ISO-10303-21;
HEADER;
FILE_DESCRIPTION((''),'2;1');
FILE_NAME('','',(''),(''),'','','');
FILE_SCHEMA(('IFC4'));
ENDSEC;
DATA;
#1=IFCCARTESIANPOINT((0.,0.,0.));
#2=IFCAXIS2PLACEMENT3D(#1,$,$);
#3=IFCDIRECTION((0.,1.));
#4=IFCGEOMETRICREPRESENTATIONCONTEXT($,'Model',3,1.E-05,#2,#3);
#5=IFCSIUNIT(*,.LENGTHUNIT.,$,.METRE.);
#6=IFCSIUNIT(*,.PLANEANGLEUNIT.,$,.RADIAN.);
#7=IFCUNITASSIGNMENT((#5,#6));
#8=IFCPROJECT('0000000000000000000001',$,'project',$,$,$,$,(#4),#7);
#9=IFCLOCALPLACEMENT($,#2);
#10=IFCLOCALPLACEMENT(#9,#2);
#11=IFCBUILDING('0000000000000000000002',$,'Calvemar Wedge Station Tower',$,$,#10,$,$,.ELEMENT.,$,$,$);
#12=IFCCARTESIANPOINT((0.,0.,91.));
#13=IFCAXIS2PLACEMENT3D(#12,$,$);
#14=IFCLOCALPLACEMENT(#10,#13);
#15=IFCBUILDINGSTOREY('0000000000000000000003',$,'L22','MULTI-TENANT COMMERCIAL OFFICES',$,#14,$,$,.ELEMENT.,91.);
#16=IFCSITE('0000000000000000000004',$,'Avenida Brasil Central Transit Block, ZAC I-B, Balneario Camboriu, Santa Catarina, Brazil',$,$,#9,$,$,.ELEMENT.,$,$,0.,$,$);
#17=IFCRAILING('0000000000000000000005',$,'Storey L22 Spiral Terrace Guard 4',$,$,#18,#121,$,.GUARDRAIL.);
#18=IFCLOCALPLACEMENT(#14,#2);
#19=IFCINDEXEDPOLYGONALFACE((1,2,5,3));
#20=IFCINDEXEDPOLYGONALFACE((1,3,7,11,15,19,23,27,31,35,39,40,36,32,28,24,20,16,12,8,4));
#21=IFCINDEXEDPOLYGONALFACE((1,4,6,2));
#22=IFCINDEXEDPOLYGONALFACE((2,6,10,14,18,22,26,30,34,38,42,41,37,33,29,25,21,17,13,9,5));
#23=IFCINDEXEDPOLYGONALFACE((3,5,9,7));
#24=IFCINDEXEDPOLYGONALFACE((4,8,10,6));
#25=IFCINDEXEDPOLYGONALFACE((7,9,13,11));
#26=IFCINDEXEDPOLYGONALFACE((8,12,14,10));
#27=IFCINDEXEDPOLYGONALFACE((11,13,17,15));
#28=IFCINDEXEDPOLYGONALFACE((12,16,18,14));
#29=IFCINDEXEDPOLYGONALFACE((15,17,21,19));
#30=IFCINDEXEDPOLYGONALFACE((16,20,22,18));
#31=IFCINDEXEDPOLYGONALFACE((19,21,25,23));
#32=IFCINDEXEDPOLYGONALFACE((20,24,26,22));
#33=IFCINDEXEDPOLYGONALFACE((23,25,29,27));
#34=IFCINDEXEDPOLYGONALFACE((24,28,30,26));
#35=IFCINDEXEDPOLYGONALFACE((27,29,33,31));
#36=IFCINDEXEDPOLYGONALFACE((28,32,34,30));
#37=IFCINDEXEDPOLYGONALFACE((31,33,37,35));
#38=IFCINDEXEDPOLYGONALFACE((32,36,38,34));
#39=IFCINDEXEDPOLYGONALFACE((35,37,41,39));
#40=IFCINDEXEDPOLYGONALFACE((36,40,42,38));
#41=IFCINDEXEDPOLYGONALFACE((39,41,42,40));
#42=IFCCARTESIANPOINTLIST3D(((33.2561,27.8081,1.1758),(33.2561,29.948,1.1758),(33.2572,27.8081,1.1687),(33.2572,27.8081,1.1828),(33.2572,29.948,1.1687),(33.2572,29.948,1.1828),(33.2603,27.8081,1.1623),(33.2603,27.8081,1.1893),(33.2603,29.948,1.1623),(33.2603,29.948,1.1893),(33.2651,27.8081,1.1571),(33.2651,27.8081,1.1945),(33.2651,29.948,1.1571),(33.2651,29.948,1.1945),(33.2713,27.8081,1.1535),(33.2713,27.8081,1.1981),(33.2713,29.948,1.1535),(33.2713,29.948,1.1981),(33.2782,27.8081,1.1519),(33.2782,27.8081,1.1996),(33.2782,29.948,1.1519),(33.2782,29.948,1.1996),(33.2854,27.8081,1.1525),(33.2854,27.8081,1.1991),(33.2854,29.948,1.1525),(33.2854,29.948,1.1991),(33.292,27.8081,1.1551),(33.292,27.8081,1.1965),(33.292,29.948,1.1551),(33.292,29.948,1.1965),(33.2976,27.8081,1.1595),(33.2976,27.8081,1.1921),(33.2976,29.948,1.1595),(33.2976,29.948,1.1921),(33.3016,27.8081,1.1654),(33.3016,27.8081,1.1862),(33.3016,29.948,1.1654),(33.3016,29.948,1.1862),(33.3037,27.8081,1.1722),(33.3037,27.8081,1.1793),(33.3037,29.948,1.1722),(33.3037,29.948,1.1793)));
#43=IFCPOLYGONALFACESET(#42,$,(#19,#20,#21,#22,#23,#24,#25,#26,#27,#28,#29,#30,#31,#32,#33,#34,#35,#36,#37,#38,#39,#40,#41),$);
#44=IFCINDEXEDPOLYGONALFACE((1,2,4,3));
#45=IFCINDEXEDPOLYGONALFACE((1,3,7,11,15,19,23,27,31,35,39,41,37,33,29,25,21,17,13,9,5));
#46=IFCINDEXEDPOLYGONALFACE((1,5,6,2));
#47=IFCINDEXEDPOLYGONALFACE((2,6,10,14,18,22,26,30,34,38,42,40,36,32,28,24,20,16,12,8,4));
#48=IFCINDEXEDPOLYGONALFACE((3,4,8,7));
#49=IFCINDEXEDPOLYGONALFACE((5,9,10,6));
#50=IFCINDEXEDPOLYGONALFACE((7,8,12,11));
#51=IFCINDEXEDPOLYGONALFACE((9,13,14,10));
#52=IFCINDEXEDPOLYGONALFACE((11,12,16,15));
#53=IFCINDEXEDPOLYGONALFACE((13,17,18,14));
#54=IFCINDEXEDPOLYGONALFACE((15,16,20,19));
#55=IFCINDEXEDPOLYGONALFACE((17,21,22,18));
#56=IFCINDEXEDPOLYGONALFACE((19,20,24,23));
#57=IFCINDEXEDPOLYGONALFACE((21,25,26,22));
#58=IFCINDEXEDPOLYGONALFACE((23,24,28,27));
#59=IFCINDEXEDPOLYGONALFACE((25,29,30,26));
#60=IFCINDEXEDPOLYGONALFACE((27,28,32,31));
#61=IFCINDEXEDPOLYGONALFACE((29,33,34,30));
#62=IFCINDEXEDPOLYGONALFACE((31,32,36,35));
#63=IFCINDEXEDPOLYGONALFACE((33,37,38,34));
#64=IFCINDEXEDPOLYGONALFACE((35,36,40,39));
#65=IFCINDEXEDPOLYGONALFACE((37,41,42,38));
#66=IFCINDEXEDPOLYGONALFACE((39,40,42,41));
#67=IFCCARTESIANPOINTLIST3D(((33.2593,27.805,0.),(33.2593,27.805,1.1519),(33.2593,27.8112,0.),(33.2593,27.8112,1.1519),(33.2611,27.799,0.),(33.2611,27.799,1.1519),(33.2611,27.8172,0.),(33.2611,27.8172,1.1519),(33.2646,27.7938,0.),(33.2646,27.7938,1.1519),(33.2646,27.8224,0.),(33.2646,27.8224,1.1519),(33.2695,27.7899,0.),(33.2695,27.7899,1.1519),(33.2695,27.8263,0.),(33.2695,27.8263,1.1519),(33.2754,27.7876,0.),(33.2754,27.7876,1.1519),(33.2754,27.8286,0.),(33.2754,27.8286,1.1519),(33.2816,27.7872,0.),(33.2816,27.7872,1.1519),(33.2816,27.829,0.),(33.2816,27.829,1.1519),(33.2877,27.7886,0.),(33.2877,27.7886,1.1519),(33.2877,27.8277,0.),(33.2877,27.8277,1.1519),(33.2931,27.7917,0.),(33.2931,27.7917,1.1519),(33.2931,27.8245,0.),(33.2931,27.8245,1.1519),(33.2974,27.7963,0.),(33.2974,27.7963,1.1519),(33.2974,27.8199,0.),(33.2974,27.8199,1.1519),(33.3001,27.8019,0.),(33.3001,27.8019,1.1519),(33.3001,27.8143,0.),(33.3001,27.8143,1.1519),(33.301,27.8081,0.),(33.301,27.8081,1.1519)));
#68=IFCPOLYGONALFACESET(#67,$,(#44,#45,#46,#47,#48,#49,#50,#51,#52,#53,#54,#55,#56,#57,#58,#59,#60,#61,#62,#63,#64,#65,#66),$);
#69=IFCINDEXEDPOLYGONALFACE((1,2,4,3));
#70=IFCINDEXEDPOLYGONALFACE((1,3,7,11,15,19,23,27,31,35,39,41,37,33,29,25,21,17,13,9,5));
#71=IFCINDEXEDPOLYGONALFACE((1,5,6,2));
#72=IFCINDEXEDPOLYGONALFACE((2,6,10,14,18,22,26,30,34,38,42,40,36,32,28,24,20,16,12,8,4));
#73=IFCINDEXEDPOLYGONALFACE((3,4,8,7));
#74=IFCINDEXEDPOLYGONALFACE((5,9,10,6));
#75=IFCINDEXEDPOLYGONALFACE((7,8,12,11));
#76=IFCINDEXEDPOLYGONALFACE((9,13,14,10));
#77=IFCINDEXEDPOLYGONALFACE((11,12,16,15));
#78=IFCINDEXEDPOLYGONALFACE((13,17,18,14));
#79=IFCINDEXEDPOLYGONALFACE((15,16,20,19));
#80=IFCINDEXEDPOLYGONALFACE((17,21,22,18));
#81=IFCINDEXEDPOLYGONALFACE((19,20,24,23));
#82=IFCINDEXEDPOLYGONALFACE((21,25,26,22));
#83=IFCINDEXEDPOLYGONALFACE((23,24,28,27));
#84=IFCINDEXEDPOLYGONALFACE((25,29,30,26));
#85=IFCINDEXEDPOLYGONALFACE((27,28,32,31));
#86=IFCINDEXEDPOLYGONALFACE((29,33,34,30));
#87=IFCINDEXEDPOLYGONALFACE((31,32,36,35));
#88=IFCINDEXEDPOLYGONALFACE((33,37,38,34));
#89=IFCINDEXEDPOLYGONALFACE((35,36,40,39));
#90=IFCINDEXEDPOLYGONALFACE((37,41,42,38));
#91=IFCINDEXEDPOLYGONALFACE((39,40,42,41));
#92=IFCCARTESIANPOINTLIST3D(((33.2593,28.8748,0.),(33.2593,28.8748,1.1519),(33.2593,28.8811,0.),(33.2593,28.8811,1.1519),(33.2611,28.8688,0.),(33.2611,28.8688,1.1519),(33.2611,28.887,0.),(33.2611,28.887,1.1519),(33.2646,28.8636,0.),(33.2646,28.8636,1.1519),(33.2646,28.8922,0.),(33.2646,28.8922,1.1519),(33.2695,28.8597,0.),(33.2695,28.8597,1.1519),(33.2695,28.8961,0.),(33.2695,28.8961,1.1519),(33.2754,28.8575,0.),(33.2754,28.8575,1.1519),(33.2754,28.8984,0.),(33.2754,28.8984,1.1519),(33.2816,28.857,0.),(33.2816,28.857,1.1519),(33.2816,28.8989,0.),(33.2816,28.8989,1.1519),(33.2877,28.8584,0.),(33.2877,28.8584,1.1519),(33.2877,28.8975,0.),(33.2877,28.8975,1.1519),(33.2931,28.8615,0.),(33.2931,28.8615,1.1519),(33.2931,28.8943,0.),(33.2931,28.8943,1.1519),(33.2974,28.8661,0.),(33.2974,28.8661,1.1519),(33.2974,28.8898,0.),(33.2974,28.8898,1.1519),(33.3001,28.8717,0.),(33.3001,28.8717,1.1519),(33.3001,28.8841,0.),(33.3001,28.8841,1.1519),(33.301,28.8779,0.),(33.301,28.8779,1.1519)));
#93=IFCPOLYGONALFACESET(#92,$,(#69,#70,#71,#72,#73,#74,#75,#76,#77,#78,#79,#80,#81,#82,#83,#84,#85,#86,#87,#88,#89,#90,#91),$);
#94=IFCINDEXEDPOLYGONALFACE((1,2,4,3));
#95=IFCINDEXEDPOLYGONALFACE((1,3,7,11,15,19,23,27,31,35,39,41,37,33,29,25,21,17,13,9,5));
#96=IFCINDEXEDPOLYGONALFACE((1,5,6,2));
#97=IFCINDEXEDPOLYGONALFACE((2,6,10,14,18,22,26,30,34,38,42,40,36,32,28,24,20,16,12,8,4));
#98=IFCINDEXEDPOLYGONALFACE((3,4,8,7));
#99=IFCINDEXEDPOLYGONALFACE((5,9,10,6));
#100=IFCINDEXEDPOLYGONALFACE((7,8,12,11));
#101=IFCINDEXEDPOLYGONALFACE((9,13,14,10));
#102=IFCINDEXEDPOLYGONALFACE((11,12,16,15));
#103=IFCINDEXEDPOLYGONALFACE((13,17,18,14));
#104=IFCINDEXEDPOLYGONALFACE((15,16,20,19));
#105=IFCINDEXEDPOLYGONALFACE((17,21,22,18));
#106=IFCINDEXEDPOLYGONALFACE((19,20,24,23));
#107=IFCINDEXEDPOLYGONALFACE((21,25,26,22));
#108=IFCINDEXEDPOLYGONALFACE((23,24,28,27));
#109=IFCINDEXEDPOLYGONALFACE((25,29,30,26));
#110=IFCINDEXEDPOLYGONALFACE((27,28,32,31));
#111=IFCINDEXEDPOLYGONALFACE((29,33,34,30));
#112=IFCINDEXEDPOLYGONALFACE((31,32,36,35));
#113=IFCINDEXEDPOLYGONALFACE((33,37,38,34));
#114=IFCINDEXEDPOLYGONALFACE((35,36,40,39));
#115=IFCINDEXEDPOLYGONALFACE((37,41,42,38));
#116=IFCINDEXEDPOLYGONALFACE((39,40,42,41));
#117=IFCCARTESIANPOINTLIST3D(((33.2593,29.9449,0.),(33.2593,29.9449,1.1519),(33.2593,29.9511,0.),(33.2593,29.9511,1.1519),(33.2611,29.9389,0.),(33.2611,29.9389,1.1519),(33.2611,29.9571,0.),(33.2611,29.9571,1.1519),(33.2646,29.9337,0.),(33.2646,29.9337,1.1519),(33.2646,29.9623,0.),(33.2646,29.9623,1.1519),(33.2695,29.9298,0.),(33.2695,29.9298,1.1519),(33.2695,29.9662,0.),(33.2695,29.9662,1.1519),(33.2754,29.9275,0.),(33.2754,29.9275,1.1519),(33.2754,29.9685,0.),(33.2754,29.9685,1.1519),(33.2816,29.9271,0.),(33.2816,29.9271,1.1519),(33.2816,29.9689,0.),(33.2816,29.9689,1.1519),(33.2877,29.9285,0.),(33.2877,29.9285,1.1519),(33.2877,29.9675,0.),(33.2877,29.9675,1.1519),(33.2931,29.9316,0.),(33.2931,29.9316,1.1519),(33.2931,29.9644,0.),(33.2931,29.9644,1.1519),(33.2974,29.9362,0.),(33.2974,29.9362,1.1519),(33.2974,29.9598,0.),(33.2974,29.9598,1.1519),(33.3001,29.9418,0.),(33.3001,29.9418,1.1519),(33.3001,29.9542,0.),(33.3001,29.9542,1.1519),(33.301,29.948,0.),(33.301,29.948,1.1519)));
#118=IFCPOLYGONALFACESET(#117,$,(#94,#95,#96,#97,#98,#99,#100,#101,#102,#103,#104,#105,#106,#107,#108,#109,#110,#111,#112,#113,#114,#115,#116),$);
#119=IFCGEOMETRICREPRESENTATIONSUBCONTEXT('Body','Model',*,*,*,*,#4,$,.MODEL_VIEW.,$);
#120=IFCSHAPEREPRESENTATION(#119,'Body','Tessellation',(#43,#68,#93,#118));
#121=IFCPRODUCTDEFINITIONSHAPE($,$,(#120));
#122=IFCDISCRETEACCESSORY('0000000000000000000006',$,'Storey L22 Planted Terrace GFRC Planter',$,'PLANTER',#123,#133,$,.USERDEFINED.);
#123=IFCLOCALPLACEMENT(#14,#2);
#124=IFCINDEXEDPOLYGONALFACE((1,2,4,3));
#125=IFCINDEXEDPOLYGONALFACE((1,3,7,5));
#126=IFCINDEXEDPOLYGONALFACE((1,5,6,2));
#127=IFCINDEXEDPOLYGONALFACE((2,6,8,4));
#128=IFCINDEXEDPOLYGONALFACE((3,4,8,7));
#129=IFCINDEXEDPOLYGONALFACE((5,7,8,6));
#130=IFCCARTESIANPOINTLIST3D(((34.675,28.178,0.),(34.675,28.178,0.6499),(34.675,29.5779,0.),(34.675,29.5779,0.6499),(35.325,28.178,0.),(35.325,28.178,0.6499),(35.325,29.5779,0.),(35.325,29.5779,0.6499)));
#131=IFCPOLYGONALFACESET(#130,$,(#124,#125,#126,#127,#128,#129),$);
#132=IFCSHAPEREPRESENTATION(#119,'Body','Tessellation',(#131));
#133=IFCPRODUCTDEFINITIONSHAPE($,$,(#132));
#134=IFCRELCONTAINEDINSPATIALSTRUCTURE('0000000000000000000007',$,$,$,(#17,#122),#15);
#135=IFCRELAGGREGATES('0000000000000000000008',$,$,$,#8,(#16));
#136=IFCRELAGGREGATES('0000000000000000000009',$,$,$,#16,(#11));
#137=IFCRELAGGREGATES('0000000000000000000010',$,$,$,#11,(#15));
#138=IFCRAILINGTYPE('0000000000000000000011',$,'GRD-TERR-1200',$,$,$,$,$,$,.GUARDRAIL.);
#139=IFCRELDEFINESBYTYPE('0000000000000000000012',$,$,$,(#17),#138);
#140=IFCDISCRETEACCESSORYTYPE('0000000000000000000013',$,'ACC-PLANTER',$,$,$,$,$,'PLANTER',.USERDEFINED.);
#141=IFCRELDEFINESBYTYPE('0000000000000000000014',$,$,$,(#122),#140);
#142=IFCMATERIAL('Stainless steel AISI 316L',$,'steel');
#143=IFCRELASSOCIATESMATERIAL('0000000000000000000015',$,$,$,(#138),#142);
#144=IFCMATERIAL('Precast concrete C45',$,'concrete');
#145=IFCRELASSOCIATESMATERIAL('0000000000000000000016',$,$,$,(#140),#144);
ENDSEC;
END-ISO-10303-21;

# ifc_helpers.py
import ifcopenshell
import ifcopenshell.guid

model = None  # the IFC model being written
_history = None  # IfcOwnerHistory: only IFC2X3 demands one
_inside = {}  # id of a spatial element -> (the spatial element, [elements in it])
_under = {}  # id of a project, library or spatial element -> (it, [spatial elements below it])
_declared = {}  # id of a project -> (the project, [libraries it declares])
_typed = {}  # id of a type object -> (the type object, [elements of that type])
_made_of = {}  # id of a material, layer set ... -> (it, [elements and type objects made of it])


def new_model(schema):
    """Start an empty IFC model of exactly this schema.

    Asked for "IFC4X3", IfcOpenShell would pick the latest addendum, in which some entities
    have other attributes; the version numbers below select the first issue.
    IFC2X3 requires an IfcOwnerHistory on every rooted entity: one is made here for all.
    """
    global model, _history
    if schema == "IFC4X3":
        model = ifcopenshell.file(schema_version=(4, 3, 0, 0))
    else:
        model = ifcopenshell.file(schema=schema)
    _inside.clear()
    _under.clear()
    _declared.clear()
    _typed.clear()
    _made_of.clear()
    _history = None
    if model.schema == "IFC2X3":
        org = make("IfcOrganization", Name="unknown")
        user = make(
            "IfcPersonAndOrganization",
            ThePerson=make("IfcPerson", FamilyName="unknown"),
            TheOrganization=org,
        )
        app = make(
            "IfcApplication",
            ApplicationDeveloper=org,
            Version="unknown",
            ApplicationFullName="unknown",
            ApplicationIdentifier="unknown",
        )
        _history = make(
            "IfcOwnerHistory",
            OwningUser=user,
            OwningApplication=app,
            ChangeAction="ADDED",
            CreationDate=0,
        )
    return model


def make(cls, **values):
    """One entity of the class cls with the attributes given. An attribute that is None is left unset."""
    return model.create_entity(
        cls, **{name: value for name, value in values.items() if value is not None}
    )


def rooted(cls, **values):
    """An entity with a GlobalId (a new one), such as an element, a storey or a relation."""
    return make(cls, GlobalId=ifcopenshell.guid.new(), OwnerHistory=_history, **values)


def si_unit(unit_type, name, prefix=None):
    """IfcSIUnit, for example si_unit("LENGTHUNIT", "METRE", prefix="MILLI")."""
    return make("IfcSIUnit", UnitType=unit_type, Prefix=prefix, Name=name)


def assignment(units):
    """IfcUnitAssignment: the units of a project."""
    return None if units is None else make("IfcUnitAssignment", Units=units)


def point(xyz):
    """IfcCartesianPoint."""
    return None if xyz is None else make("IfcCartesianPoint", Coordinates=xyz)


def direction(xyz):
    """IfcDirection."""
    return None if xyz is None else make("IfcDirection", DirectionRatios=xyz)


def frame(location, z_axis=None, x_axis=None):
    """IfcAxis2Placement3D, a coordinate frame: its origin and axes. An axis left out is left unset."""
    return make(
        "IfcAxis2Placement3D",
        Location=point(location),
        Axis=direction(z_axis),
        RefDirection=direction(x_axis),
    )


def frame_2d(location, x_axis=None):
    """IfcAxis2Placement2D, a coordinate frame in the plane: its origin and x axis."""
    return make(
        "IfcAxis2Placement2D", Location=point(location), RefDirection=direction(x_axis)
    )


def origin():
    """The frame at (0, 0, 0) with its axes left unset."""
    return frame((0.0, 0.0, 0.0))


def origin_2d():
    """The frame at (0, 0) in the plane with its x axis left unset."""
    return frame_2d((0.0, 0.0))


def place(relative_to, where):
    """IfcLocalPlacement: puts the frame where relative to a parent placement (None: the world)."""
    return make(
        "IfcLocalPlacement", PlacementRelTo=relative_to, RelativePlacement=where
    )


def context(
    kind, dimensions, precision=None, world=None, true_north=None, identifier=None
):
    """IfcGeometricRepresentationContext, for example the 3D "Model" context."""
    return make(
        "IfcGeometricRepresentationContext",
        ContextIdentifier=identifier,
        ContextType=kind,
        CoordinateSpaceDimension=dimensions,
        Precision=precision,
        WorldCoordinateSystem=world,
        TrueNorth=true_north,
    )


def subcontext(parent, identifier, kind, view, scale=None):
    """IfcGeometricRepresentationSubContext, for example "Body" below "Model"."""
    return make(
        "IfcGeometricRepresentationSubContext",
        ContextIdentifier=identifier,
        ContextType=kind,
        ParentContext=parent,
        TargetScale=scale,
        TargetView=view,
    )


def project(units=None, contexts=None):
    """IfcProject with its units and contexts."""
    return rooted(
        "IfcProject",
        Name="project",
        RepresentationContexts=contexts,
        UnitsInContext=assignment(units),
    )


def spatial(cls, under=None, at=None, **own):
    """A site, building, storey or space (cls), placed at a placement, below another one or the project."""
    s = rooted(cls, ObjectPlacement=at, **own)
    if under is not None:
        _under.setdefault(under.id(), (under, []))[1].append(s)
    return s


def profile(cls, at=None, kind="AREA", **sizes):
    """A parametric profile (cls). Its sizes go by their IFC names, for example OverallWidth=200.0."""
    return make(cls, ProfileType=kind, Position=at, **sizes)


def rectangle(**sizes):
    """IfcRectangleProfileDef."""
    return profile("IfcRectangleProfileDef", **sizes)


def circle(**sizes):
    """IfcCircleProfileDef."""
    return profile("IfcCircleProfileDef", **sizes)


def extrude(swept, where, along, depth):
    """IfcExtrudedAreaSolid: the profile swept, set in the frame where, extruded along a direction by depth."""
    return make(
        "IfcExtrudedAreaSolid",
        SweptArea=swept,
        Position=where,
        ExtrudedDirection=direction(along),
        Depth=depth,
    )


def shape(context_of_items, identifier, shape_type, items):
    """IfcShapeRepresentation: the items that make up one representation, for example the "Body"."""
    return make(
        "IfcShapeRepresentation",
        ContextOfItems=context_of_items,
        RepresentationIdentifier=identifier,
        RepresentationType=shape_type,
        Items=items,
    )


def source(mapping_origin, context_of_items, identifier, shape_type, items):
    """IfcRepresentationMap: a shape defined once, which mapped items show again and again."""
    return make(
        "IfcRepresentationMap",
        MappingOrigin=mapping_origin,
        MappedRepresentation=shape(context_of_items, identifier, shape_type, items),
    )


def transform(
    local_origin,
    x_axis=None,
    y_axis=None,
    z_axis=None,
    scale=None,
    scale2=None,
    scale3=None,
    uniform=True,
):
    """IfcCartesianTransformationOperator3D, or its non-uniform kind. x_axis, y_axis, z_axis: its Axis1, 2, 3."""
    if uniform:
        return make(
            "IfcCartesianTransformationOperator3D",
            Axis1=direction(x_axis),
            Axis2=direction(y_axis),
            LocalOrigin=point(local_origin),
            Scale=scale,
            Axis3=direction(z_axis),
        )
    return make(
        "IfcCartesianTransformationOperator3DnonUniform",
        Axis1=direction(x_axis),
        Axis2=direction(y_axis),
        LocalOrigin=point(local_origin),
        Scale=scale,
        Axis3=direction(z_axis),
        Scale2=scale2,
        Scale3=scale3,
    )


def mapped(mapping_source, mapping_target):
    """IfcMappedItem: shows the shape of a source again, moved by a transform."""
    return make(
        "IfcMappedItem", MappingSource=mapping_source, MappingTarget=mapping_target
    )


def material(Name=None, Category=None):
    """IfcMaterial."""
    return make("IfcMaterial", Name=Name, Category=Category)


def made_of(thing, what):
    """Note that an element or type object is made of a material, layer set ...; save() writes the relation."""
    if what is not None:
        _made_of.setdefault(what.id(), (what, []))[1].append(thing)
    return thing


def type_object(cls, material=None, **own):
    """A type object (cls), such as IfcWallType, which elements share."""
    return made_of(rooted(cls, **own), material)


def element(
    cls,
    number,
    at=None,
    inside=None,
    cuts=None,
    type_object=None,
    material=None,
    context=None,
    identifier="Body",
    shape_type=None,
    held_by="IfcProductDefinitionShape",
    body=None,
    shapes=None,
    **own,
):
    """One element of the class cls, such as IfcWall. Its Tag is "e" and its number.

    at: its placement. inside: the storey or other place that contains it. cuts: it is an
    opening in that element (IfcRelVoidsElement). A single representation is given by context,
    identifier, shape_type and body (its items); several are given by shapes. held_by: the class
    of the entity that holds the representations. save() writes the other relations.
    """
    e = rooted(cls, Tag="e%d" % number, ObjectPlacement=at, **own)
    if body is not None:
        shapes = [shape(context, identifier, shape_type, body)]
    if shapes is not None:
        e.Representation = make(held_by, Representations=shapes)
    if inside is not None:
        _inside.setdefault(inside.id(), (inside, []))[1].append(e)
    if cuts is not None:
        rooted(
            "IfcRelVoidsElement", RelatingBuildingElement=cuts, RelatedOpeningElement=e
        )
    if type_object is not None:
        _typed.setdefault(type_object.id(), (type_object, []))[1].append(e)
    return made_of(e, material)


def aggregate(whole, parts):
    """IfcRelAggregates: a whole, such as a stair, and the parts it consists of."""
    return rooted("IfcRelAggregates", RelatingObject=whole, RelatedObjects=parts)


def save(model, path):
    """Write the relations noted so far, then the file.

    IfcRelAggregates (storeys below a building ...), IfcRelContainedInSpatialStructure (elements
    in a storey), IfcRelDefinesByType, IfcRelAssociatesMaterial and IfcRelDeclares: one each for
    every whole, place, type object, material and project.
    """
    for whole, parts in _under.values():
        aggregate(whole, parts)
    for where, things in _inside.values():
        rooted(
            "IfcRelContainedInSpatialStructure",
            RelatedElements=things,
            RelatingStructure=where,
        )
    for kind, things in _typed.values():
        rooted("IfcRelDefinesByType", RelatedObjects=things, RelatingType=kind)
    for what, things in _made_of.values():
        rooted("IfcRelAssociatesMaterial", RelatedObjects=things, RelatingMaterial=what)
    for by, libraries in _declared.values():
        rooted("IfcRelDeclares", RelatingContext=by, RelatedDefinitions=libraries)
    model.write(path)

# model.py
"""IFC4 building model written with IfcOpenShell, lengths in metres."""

from ifc_helpers import new_model, si_unit, direction, frame, origin, origin_2d, place, context, subcontext, project, spatial, rectangle, circle, extrude, source, transform, mapped, material, type_object, element, save


model = new_model("IFC4")

# Units and contexts
model_context = context("Model", 3, precision=1e-05, world=origin(), true_north=direction((0.0, 1.0)))
body_context = subcontext(model_context, "Body", "Model", "MODEL_VIEW")
ifc_project = project(units=[si_unit("LENGTHUNIT", "METRE"), si_unit("PLANEANGLEUNIT", "RADIAN")], contexts=[model_context])

# Site, building, storey
site_placement = place(None, origin())
site = spatial("IfcSite", under=ifc_project, at=site_placement, Name="Avenida Brasil Central Transit Block, ZAC I-B, Balneario Camboriu, Santa Catarina, Brazil", CompositionType="ELEMENT", RefElevation=0.0)
building_placement = place(site_placement, origin())
building = spatial("IfcBuilding", under=site, at=building_placement, Name="Calvemar Wedge Station Tower", CompositionType="ELEMENT")
storey_placement = place(building_placement, frame((0.0, 0.0, 91.0)))
storey = spatial("IfcBuildingStorey", under=building, at=storey_placement, Name="L22", Description="MULTI-TENANT COMMERCIAL OFFICES", CompositionType="ELEMENT", Elevation=91.0)

# Shared definitions
ifc_material_1 = material(Name="Precast concrete C45", Category="concrete")

# Railing
ifc_material_2 = material(Name="Stainless steel AISI 316L", Category="steel")
railing_type = type_object("IfcRailingType", Name="GRD-TERR-1200", PredefinedType="GUARDRAIL", material=ifc_material_2)
railing_1_placement = place(storey_placement, frame((33.28, 27.8081, 0.0)))
element("IfcRailing", 1, at=railing_1_placement, inside=storey, type_object=railing_type, Name="Storey L22 Spiral Terrace Guard 4", PredefinedType="GUARDRAIL", context=body_context, shape_type="SweptSolid", body=[
    extrude(circle(Radius=0.0239, at=origin_2d()), frame((0.0, 0.0, 1.1758), z_axis=(0.0, 1.0, 0.0), x_axis=(-1.0, 0.0, 0.0)), (0.0, 0.0, 1.0), 2.1399),
    extrude(circle(Radius=0.021, at=origin_2d()), origin(), (0.0, 0.0, 1.0), 1.1519),
    extrude(circle(Radius=0.021, at=origin_2d()), frame((0.0, 1.0698, 0.0)), (0.0, 0.0, 1.0), 1.1519),
    extrude(circle(Radius=0.021, at=origin_2d()), frame((0.0, 2.1399, 0.0)), (0.0, 0.0, 1.0), 1.1519),
])

# Discrete accessory
discrete_accessory_type = type_object("IfcDiscreteAccessoryType", Name="ACC-PLANTER", ElementType="PLANTER", PredefinedType="USERDEFINED", material=ifc_material_1)
shared_shape_1 = source(origin(), body_context, "Body", "SweptSolid", [
    extrude(rectangle(XDim=0.6499, YDim=1.3999, at=origin_2d()), origin(), (0.0, 0.0, 1.0), 0.6499),
])
discrete_accessory_placement = place(storey_placement, frame((35.0, 28.8779, 0.0), z_axis=(0.0, 0.0, 1.0), x_axis=(1.0, 0.0, 0.0)))
element("IfcDiscreteAccessory", 2, at=discrete_accessory_placement, inside=storey, type_object=discrete_accessory_type, Name="Storey L22 Planted Terrace GFRC Planter", ObjectType="PLANTER", PredefinedType="USERDEFINED", context=body_context, shape_type="MappedRepresentation", body=[
    mapped(shared_shape_1, transform((0.0, 0.0, 0.0), scale=1.0)),
])

save(model, "model.ifc")
